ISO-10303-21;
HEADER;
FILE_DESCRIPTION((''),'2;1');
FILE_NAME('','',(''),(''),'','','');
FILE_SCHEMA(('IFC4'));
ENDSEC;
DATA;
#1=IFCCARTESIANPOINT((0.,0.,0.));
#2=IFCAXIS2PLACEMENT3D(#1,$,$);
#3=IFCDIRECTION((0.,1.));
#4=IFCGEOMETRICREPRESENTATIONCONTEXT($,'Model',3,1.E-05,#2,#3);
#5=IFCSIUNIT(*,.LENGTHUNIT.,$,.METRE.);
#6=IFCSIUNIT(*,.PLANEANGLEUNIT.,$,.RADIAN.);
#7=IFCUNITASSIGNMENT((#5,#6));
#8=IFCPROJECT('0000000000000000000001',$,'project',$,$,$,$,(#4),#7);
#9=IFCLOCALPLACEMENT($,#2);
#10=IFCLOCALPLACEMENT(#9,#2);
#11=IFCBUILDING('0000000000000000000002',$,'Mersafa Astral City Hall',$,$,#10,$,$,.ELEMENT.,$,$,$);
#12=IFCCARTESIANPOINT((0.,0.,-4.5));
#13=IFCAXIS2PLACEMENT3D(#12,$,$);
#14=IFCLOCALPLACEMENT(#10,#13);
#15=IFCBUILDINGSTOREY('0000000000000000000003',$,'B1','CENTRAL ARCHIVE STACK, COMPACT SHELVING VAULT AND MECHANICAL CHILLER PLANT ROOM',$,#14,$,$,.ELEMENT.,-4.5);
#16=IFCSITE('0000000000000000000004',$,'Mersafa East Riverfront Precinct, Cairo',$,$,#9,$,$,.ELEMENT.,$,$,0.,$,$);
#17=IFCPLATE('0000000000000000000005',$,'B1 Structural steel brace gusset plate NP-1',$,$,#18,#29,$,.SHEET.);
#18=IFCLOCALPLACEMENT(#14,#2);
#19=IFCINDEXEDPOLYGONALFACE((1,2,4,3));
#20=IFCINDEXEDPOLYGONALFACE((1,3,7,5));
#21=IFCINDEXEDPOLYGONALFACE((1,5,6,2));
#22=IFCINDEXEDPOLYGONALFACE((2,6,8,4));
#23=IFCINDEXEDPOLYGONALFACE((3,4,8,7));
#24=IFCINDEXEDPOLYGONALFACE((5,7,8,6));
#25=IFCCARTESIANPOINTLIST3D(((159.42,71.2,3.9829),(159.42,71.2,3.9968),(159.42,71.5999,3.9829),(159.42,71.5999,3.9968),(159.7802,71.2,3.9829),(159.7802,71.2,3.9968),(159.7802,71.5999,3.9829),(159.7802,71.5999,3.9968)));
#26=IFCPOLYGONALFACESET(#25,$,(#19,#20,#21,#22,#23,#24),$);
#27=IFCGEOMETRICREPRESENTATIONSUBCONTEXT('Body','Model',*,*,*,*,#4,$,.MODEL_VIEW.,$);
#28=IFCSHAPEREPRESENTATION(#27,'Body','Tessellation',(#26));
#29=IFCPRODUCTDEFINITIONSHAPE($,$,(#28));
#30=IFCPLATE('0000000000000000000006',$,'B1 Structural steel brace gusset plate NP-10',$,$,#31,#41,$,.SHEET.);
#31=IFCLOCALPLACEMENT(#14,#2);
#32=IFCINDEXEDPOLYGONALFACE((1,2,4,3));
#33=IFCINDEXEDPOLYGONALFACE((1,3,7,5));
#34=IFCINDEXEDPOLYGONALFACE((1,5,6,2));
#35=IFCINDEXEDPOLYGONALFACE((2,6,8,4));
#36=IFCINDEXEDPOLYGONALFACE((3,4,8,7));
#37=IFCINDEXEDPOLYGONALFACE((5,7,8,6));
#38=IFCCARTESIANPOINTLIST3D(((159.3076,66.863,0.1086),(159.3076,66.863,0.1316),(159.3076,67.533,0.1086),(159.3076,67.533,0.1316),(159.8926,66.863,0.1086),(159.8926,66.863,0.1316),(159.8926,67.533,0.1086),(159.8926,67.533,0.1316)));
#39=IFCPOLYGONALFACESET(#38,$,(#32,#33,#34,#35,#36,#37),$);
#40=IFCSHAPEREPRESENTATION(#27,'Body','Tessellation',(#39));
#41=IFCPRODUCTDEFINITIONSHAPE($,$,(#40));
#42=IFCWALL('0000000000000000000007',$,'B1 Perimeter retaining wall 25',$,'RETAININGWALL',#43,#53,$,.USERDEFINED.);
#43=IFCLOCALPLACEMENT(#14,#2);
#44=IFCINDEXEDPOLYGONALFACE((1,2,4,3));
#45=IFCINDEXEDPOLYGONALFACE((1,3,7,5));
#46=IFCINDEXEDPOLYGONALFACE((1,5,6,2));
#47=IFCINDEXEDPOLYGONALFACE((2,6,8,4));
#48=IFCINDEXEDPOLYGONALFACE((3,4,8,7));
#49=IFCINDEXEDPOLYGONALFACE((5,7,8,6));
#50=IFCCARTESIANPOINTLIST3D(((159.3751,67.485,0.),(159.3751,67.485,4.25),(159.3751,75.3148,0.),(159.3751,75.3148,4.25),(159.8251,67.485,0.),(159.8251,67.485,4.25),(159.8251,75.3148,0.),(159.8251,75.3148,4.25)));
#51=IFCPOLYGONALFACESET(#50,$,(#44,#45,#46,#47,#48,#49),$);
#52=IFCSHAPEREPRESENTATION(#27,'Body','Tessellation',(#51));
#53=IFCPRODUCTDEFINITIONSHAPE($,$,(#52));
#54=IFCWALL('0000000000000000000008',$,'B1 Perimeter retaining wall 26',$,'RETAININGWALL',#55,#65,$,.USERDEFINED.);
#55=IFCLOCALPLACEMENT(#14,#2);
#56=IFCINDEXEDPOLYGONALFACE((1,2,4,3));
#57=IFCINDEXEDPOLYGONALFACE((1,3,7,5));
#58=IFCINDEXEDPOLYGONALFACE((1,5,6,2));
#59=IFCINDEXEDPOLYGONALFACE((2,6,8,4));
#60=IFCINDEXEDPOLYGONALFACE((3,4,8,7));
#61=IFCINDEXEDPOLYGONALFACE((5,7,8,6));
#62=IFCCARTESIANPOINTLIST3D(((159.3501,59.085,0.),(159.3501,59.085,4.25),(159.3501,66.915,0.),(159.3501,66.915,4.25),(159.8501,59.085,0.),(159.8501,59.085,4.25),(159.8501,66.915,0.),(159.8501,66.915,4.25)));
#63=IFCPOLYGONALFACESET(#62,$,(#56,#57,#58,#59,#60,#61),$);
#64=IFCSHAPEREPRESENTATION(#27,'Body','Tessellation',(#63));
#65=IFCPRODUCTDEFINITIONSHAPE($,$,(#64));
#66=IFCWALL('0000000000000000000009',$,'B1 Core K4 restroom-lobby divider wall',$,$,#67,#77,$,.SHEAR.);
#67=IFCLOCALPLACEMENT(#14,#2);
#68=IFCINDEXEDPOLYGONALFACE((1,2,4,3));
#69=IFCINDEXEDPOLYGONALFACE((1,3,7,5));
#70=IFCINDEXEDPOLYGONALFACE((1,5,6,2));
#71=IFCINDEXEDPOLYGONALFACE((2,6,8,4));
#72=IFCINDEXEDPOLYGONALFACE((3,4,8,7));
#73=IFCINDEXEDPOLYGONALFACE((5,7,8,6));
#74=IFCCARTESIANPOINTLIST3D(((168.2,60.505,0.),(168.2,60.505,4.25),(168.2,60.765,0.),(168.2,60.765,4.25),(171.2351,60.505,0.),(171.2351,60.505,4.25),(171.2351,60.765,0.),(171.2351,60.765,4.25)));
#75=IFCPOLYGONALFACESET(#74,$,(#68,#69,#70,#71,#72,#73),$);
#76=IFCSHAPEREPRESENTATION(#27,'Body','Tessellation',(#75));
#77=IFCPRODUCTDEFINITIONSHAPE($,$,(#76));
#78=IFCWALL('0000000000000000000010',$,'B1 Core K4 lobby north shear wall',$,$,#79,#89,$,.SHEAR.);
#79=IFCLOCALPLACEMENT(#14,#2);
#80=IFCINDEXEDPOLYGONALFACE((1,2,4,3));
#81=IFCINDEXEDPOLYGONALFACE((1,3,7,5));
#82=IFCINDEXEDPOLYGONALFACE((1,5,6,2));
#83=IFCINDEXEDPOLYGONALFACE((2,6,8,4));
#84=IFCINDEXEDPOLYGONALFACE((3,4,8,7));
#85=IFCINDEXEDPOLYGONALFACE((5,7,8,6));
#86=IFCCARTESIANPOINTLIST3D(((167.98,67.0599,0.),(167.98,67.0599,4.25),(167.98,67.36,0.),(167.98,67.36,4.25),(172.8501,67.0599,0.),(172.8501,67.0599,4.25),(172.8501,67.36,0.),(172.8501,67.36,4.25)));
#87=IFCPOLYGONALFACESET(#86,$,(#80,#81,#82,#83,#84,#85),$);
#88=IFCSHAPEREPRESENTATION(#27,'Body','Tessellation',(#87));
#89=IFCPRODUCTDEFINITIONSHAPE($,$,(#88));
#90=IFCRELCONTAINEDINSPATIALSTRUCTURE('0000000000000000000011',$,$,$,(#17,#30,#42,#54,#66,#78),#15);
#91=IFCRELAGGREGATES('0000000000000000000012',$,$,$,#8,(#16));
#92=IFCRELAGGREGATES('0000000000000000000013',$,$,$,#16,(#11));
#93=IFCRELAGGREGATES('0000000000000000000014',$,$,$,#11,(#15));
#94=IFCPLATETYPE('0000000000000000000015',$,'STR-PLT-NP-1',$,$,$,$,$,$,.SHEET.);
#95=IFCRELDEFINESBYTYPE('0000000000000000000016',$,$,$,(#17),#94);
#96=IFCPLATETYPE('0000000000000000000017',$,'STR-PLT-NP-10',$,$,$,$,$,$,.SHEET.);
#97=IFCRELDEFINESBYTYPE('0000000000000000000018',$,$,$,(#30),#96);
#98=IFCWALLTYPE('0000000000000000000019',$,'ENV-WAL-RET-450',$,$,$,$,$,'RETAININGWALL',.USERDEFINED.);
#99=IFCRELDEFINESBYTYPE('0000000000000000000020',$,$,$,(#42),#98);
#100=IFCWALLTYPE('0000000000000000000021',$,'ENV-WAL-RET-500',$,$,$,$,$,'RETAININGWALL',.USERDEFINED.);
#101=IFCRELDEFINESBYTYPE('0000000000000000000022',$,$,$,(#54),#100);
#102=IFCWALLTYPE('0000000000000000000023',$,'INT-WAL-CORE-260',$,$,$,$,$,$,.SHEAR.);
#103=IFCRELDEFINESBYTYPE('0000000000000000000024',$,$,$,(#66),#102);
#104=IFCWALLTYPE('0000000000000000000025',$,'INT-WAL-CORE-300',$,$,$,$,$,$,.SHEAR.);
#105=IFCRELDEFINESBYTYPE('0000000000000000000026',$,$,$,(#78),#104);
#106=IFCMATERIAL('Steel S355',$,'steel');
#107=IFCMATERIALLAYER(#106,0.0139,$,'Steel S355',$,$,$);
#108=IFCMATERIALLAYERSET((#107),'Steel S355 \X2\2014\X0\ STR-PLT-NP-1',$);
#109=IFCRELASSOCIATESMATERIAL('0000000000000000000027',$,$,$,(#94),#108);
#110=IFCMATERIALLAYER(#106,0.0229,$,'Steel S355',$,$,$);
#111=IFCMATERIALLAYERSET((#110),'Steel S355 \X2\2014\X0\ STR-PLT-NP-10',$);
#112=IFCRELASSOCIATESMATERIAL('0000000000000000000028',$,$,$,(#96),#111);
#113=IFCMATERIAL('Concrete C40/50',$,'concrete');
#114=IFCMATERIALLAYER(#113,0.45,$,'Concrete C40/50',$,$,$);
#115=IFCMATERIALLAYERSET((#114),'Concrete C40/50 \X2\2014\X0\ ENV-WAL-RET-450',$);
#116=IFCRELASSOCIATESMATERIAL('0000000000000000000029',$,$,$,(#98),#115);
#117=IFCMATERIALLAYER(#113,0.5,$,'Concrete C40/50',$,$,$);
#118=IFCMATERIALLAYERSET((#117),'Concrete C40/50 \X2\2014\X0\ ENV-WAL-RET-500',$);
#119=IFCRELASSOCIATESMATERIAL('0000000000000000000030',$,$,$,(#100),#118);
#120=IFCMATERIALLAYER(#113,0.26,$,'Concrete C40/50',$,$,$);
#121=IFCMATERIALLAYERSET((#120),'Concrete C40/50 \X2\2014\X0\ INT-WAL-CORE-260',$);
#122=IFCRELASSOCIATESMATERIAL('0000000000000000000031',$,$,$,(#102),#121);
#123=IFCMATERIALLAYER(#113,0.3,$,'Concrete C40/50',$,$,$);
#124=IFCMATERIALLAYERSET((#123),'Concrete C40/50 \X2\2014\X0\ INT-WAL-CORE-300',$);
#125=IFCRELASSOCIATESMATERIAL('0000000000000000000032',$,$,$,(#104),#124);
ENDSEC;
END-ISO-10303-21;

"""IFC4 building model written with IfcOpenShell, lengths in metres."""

from ifc_helpers import new_model, si_unit, direction, frame, frame_2d, origin, origin_2d, place, context, subcontext, project, spatial, rectangle, extrude, material, layer, layer_set, type_object, element, save


model = new_model("IFC4")

# Units and contexts
model_context = context("Model", 3, precision=1e-05, world=origin(), true_north=direction((0.0, 1.0)))
body_context = subcontext(model_context, "Body", "Model", "MODEL_VIEW")
ifc_project = project(units=[si_unit("LENGTHUNIT", "METRE"), si_unit("PLANEANGLEUNIT", "RADIAN")], contexts=[model_context])

# Site, building, storey
site_placement = place(None, origin())
site = spatial("IfcSite", under=ifc_project, at=site_placement, Name="Mersafa East Riverfront Precinct, Cairo", CompositionType="ELEMENT", RefElevation=0.0)
building_placement = place(site_placement, origin())
building = spatial("IfcBuilding", under=site, at=building_placement, Name="Mersafa Astral City Hall", CompositionType="ELEMENT")
storey_placement = place(building_placement, frame((0.0, 0.0, -4.5)))
storey = spatial("IfcBuildingStorey", under=building, at=storey_placement, Name="B1", Description="CENTRAL ARCHIVE STACK, COMPACT SHELVING VAULT AND MECHANICAL CHILLER PLANT ROOM", CompositionType="ELEMENT", Elevation=-4.5)

# Shared definitions
ifc_material_1 = material(Name="Concrete C40/50", Category="concrete")

# Shared definitions
ifc_material_2 = material(Name="Steel S355", Category="steel")

# Plates
ifc_layer_1 = layer(ifc_material_2, 0.0139, Name="Steel S355")
ifc_layer_set_1 = layer_set([ifc_layer_1], Name="Steel S355 — STR-PLT-NP-1")
plate_type_1 = type_object("IfcPlateType", Name="STR-PLT-NP-1", PredefinedType="SHEET", material=ifc_layer_set_1)
plate_1_placement = place(storey_placement, frame((159.6001, 71.3999, 3.9829), z_axis=(0.0, 0.0, 1.0), x_axis=(1.0, 0.0, 0.0)))
element("IfcPlate", 1, at=plate_1_placement, inside=storey, type_object=plate_type_1, Name="B1 Structural steel brace gusset plate NP-1", PredefinedType="SHEET", context=body_context, shape_type="SweptSolid", body=[
    extrude(rectangle(XDim=0.3601, YDim=0.3999, at=origin_2d()), origin(), (0.0, 0.0, 1.0), 0.0139),
])
ifc_layer_2 = layer(ifc_material_2, 0.0229, Name="Steel S355")
ifc_layer_set_2 = layer_set([ifc_layer_2], Name="Steel S355 — STR-PLT-NP-10")
plate_type_2 = type_object("IfcPlateType", Name="STR-PLT-NP-10", PredefinedType="SHEET", material=ifc_layer_set_2)
plate_2_placement = place(storey_placement, frame((159.6001, 67.198, 0.1086), z_axis=(0.0, 0.0, 1.0), x_axis=(1.0, 0.0, 0.0)))
element("IfcPlate", 2, at=plate_2_placement, inside=storey, type_object=plate_type_2, Name="B1 Structural steel brace gusset plate NP-10", PredefinedType="SHEET", context=body_context, shape_type="SweptSolid", body=[
    extrude(rectangle(XDim=0.585, YDim=0.6699, at=origin_2d()), origin(), (0.0, 0.0, 1.0), 0.0229),
])

# Walls
ifc_layer_3 = layer(ifc_material_1, 0.45, Name="Concrete C40/50")
ifc_layer_set_3 = layer_set([ifc_layer_3], Name="Concrete C40/50 — ENV-WAL-RET-450")
wall_type_1 = type_object("IfcWallType", Name="ENV-WAL-RET-450", ElementType="RETAININGWALL", PredefinedType="USERDEFINED", material=ifc_layer_set_3)
wall_1_placement = place(storey_placement, frame((159.6001, 75.3149, 0.0), z_axis=(0.0, 0.0, 1.0), x_axis=(0.0, -1.0, 0.0)))
element("IfcWall", 3, at=wall_1_placement, inside=storey, type_object=wall_type_1, Name="B1 Perimeter retaining wall 25", ObjectType="RETAININGWALL", PredefinedType="USERDEFINED", context=body_context, shape_type="SweptSolid", body=[
    extrude(rectangle(XDim=7.8298, YDim=0.45, at=frame_2d((3.915, 0.0))), origin(), (0.0, 0.0, 1.0), 4.25),
])
ifc_layer_4 = layer(ifc_material_1, 0.5, Name="Concrete C40/50")
ifc_layer_set_4 = layer_set([ifc_layer_4], Name="Concrete C40/50 — ENV-WAL-RET-500")
wall_type_2 = type_object("IfcWallType", Name="ENV-WAL-RET-500", ElementType="RETAININGWALL", PredefinedType="USERDEFINED", material=ifc_layer_set_4)
wall_2_placement = place(storey_placement, frame((159.6001, 66.915, 0.0), z_axis=(0.0, 0.0, 1.0), x_axis=(0.0, -1.0, 0.0)))
element("IfcWall", 4, at=wall_2_placement, inside=storey, type_object=wall_type_2, Name="B1 Perimeter retaining wall 26", ObjectType="RETAININGWALL", PredefinedType="USERDEFINED", context=body_context, shape_type="SweptSolid", body=[
    extrude(rectangle(XDim=7.8301, YDim=0.5, at=frame_2d((3.915, 0.0))), origin(), (0.0, 0.0, 1.0), 4.25),
])
ifc_layer_5 = layer(ifc_material_1, 0.26, Name="Concrete C40/50")
ifc_layer_set_5 = layer_set([ifc_layer_5], Name="Concrete C40/50 — INT-WAL-CORE-260")
wall_type_3 = type_object("IfcWallType", Name="INT-WAL-CORE-260", PredefinedType="SHEAR", material=ifc_layer_set_5)
wall_3_placement = place(storey_placement, frame((168.2, 60.635, 0.0), z_axis=(0.0, 0.0, 1.0), x_axis=(1.0, 0.0, 0.0)))
element("IfcWall", 5, at=wall_3_placement, inside=storey, type_object=wall_type_3, Name="B1 Core K4 restroom-lobby divider wall", PredefinedType="SHEAR", context=body_context, shape_type="SweptSolid", body=[
    extrude(rectangle(XDim=3.0352, YDim=0.26, at=frame_2d((1.5176, 0.0))), origin(), (0.0, 0.0, 1.0), 4.25),
])
ifc_layer_6 = layer(ifc_material_1, 0.3, Name="Concrete C40/50")
ifc_layer_set_6 = layer_set([ifc_layer_6], Name="Concrete C40/50 — INT-WAL-CORE-300")
wall_type_4 = type_object("IfcWallType", Name="INT-WAL-CORE-300", PredefinedType="SHEAR", material=ifc_layer_set_6)
wall_4_placement = place(storey_placement, frame((167.98, 67.21, 0.0), z_axis=(0.0, 0.0, 1.0), x_axis=(1.0, 0.0, 0.0)))
element("IfcWall", 6, at=wall_4_placement, inside=storey, type_object=wall_type_4, Name="B1 Core K4 lobby north shear wall", PredefinedType="SHEAR", context=body_context, shape_type="SweptSolid", body=[
    extrude(rectangle(XDim=4.8701, YDim=0.3, at=frame_2d((2.4351, 0.0))), origin(), (0.0, 0.0, 1.0), 4.25),
])

save(model, "model.ifc")
